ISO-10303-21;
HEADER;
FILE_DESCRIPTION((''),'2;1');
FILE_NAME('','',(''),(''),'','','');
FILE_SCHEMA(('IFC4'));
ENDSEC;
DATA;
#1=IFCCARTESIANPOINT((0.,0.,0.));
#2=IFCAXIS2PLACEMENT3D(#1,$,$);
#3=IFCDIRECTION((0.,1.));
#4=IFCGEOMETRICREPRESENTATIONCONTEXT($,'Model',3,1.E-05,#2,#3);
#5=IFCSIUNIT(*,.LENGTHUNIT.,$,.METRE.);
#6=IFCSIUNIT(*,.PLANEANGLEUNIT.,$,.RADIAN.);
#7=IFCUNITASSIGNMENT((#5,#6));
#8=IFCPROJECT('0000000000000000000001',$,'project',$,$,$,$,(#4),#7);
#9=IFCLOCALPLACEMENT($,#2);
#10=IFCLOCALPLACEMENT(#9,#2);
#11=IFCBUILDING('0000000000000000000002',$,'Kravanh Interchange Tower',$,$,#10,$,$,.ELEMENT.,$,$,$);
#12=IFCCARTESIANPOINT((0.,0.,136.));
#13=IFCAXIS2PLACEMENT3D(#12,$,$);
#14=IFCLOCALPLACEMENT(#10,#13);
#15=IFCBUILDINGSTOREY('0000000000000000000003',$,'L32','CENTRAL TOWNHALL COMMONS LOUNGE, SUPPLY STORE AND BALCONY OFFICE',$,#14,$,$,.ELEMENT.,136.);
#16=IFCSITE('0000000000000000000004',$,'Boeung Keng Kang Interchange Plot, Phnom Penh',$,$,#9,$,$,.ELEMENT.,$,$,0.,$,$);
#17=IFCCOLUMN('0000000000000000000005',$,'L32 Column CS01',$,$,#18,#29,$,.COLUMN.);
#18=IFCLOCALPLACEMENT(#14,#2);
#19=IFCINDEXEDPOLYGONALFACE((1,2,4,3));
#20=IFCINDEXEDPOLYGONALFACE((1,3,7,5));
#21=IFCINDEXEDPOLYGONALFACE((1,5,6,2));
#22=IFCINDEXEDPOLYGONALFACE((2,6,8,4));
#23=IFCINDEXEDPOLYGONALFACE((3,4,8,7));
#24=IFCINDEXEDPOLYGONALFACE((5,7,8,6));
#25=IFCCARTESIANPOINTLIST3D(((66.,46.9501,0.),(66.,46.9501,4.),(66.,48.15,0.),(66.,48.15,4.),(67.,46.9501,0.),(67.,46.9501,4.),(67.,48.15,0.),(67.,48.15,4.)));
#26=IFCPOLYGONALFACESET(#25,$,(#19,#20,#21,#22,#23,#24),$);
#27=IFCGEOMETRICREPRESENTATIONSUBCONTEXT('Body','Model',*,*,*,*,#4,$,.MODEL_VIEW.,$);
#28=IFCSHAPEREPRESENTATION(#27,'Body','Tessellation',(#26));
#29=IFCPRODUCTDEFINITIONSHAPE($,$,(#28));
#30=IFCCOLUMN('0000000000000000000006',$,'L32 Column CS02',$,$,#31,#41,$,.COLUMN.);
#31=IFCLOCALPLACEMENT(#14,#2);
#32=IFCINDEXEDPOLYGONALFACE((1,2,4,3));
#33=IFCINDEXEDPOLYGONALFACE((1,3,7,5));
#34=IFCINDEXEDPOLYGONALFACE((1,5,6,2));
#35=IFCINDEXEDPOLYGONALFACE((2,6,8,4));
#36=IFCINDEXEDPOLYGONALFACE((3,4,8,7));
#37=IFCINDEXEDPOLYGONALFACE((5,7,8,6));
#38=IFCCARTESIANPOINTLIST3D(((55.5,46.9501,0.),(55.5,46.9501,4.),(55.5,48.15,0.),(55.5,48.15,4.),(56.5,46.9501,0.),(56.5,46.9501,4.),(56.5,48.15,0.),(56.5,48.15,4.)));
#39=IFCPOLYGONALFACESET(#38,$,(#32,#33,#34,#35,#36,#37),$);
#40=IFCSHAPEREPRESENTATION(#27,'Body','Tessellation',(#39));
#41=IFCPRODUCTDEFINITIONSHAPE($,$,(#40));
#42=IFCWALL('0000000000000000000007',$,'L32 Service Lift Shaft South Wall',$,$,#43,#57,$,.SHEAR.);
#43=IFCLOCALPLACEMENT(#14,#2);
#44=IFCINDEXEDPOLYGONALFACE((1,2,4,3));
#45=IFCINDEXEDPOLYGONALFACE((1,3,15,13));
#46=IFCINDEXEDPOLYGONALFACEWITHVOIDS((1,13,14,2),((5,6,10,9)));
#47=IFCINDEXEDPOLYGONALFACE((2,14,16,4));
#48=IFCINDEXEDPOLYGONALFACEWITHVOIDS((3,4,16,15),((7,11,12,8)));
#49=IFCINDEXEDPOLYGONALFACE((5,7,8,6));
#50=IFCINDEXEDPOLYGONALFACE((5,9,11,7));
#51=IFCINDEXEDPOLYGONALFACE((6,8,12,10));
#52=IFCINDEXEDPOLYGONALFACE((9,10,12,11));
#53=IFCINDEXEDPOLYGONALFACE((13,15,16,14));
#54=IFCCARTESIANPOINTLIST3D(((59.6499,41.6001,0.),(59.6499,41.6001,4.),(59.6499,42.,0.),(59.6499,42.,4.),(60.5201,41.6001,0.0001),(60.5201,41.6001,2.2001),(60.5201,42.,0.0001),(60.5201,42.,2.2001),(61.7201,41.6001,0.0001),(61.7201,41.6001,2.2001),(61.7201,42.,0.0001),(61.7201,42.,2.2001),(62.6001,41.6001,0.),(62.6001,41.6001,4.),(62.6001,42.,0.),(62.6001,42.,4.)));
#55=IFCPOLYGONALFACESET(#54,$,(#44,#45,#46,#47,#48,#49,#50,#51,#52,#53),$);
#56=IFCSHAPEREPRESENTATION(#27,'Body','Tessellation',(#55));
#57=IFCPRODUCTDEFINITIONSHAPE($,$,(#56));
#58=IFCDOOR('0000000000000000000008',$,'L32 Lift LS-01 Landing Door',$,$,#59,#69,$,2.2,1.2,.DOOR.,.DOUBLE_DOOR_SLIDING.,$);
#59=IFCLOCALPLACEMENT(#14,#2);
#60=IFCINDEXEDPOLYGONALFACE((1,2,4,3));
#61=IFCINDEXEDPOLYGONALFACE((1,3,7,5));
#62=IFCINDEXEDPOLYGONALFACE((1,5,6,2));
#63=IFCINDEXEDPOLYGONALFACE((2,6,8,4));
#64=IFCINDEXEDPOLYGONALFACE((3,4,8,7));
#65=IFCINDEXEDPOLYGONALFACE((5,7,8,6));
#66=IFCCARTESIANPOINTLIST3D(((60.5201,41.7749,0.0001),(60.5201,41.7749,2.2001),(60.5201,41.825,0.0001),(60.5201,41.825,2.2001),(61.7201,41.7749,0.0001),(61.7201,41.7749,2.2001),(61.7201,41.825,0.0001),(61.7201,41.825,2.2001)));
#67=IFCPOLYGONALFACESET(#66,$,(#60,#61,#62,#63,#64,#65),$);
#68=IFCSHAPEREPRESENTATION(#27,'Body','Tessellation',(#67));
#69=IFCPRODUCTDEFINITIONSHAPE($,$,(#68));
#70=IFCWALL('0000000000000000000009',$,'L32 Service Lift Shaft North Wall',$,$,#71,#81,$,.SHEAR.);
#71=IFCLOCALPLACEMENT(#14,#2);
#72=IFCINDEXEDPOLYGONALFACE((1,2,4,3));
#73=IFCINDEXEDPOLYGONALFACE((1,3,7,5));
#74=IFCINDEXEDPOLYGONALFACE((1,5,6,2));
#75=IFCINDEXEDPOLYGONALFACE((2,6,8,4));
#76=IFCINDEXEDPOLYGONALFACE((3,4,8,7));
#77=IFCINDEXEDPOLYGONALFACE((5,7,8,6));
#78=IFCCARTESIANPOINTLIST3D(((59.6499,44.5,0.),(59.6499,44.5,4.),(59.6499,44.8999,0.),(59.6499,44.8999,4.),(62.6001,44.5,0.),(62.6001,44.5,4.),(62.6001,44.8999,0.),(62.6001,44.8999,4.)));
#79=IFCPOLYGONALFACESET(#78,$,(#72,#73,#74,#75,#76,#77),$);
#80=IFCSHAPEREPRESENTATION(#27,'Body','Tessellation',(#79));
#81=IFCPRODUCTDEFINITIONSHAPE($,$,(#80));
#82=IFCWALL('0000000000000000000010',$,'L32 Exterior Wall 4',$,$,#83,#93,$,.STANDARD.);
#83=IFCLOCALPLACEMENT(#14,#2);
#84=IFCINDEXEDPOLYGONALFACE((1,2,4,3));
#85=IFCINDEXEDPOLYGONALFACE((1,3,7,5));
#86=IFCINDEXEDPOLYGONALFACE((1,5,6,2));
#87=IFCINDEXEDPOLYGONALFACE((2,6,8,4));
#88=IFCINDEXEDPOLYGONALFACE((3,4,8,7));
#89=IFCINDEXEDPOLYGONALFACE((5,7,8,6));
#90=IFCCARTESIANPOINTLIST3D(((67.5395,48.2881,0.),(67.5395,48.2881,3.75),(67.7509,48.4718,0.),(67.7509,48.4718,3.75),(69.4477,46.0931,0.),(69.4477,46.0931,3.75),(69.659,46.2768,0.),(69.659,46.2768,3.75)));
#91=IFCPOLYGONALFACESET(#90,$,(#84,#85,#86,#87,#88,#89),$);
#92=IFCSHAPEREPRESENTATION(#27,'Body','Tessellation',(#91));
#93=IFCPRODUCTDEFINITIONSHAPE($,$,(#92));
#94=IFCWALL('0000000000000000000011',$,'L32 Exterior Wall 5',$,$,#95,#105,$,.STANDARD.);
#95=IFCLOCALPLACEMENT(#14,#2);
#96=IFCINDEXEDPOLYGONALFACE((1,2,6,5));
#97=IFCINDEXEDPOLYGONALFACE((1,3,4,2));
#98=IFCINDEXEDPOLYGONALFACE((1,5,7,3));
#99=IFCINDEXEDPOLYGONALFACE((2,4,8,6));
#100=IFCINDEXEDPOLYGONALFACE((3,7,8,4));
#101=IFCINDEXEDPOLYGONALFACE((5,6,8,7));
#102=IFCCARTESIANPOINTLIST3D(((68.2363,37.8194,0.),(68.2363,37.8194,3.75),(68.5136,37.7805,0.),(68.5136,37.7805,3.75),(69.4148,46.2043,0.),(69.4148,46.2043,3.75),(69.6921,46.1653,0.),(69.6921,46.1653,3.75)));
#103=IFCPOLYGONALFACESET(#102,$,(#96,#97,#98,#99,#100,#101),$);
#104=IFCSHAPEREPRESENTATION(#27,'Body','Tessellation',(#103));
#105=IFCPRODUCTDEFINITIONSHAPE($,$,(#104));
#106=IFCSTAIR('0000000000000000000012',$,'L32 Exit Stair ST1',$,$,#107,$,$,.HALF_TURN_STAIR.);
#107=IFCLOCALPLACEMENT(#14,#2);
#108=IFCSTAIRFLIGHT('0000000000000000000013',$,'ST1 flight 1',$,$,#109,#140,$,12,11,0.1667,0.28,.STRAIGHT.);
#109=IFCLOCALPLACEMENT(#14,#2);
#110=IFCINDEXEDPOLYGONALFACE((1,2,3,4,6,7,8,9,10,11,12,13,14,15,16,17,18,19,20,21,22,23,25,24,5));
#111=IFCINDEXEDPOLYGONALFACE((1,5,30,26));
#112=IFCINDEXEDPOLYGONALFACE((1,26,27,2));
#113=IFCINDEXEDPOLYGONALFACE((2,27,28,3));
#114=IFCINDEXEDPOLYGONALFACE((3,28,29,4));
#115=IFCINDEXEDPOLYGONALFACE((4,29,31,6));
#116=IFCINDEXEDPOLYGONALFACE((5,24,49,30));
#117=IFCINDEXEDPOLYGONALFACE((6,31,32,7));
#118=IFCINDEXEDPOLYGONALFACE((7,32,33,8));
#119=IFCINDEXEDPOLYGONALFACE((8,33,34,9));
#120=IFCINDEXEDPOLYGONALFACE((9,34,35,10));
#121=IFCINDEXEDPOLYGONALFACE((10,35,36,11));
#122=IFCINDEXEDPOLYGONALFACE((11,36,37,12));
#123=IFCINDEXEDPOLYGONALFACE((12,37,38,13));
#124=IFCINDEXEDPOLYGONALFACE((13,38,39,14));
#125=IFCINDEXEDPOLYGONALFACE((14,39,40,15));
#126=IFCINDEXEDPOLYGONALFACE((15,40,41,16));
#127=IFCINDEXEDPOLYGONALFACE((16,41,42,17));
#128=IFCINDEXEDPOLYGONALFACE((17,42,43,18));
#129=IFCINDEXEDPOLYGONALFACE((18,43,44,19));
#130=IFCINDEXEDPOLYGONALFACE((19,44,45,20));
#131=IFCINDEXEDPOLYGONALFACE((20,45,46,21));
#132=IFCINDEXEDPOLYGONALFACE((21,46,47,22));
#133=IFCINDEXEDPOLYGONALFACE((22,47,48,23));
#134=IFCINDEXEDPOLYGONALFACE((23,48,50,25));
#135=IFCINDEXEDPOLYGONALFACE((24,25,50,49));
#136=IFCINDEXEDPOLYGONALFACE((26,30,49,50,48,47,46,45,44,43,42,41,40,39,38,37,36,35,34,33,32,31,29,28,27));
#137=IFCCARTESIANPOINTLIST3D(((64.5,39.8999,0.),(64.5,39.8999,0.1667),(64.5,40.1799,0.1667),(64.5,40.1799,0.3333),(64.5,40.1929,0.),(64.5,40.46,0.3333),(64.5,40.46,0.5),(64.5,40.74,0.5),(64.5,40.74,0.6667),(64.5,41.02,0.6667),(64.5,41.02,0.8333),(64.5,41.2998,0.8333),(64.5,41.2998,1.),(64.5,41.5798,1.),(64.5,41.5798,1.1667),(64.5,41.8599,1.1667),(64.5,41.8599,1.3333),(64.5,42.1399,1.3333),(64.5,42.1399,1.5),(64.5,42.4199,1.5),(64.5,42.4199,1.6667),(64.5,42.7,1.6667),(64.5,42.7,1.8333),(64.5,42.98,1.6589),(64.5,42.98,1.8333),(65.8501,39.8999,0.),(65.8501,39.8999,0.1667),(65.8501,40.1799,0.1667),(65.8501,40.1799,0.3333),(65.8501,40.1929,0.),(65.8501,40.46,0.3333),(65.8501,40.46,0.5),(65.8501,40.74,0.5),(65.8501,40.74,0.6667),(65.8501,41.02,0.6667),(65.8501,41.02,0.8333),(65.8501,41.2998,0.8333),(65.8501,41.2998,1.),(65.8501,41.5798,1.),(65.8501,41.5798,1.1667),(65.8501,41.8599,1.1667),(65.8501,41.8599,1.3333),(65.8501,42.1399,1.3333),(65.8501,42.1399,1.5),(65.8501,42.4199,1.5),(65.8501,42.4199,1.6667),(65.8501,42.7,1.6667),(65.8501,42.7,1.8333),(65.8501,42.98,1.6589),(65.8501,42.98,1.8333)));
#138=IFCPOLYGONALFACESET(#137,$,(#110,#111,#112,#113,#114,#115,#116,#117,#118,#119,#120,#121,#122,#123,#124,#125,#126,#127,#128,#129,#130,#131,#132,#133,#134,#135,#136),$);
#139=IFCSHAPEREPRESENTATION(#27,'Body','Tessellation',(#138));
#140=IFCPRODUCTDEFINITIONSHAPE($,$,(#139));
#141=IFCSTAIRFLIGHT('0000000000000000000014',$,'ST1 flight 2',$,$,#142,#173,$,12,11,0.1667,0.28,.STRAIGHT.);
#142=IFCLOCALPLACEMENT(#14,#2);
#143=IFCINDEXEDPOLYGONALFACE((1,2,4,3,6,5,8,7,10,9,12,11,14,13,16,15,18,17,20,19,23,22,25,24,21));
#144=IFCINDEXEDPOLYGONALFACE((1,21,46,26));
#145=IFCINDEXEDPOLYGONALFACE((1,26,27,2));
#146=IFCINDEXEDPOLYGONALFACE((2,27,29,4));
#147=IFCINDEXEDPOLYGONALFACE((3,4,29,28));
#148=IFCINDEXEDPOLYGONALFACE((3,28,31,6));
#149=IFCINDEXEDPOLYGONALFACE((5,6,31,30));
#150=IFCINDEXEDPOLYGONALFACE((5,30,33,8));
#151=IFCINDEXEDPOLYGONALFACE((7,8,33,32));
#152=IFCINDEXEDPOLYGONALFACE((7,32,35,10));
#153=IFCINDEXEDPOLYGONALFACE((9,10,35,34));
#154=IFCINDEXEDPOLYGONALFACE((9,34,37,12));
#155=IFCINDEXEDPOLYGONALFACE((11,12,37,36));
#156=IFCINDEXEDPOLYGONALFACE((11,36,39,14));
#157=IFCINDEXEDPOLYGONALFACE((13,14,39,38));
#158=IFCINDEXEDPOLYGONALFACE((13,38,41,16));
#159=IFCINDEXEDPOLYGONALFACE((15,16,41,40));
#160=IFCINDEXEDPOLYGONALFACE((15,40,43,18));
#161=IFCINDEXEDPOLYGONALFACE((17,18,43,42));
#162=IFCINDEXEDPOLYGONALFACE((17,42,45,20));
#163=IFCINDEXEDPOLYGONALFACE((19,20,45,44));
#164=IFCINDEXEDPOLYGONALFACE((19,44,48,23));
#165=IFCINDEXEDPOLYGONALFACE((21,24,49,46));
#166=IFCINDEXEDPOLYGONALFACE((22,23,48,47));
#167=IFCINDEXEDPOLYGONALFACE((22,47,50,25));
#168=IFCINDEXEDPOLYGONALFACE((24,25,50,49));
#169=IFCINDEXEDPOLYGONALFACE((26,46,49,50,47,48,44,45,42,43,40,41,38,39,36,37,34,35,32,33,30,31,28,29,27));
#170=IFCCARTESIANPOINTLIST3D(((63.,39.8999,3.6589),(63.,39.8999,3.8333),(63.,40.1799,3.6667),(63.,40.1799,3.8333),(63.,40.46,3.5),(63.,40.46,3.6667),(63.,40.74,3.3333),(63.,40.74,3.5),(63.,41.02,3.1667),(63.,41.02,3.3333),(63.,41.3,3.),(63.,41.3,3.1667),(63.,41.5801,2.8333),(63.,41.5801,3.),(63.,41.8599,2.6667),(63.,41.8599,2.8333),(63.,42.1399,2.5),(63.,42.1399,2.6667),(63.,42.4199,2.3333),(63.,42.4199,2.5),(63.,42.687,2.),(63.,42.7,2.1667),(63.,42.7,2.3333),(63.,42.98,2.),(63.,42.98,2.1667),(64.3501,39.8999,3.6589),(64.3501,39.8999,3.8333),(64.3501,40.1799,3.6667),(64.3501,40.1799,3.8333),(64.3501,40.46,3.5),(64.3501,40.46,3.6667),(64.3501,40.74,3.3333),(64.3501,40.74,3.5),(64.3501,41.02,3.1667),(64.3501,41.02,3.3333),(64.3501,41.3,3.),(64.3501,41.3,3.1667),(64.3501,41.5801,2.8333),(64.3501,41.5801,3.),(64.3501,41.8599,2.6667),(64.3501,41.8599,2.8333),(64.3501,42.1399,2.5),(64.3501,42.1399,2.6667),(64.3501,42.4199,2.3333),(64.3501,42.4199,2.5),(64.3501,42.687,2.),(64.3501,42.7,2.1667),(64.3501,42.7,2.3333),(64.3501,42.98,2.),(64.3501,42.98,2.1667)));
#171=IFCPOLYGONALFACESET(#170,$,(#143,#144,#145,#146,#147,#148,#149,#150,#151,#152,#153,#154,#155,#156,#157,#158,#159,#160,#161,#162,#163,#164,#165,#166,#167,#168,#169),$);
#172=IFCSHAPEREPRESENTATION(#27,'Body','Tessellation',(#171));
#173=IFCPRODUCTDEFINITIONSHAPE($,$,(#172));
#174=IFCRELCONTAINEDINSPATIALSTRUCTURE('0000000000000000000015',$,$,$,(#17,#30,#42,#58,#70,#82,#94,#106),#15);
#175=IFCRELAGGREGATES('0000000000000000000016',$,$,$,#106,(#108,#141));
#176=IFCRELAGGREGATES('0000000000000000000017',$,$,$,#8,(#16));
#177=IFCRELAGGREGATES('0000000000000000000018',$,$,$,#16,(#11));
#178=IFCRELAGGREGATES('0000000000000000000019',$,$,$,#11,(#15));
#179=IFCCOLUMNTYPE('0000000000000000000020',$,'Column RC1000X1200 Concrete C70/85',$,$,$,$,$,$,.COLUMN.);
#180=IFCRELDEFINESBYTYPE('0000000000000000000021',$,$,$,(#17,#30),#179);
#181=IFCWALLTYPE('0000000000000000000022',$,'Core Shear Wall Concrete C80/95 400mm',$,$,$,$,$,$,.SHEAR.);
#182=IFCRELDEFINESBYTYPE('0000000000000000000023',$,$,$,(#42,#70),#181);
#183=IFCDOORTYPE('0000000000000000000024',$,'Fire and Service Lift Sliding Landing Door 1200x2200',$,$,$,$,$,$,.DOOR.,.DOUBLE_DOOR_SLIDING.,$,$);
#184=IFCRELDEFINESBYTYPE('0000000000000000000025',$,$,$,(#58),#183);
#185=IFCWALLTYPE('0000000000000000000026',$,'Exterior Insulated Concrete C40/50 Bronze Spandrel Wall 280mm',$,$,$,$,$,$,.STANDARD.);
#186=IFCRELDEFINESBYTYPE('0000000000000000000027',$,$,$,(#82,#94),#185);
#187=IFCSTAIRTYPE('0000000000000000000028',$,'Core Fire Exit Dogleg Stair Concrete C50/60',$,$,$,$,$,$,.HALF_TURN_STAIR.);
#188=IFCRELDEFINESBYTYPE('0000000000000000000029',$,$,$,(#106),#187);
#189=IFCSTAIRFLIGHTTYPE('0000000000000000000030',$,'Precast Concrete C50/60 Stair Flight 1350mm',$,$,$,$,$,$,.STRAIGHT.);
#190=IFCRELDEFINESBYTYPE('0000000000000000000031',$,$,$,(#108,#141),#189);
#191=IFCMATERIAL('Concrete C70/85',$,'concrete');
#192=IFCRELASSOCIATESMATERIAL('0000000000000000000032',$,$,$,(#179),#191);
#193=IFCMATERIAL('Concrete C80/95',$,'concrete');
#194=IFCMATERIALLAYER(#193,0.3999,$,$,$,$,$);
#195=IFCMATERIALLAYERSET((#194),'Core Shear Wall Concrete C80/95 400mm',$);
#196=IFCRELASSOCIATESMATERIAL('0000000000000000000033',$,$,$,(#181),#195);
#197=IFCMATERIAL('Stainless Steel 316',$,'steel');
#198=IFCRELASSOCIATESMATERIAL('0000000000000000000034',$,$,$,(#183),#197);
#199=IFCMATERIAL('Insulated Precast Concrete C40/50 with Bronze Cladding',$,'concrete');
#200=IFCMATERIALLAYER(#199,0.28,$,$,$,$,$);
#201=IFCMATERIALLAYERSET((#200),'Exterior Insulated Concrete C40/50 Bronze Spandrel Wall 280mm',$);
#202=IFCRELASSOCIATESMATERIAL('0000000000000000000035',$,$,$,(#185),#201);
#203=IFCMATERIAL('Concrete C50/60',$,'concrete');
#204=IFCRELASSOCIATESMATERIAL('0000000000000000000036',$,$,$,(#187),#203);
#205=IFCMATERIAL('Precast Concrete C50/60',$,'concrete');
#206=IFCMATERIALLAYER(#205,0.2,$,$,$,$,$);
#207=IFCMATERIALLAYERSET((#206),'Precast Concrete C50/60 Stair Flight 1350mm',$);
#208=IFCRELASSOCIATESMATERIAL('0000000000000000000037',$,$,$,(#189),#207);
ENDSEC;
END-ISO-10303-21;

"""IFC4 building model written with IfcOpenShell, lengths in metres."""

from ifc_helpers import new_model, si_unit, direction, frame, frame_2d, origin, origin_2d, place, context, subcontext, project, spatial, polyline, rectangle, outline, extrude, material, layer, layer_set, material_profile, profile_set, type_object, element, fill, aggregate, save


model = new_model("IFC4")

# Units and contexts
model_context = context("Model", 3, precision=1e-05, world=origin(), true_north=direction((0.0, 1.0)))
body_context = subcontext(model_context, "Body", "Model", "MODEL_VIEW")
ifc_project = project(units=[si_unit("LENGTHUNIT", "METRE"), si_unit("PLANEANGLEUNIT", "RADIAN")], contexts=[model_context])

# Site, building, storey
site_placement = place(None, origin())
site = spatial("IfcSite", under=ifc_project, at=site_placement, Name="Boeung Keng Kang Interchange Plot, Phnom Penh", CompositionType="ELEMENT", RefElevation=0.0)
building_placement = place(site_placement, origin())
building = spatial("IfcBuilding", under=site, at=building_placement, Name="Kravanh Interchange Tower", CompositionType="ELEMENT")
storey_placement = place(building_placement, frame((0.0, 0.0, 136.0)))
storey = spatial("IfcBuildingStorey", under=building, at=storey_placement, Name="L32", Description="CENTRAL TOWNHALL COMMONS LOUNGE, SUPPLY STORE AND BALCONY OFFICE", CompositionType="ELEMENT", Elevation=136.0)

# Columns
ifc_material_1 = material(Name="Concrete C70/85", Category="concrete")
ifc_material_profile = material_profile(ifc_material_1, rectangle(XDim=1.0, YDim=1.2, at=origin_2d()), Name="RC1000X1200")
ifc_profile_set = profile_set([ifc_material_profile], Name="Concrete C70/85")
column_type = type_object("IfcColumnType", Name="Column RC1000X1200 Concrete C70/85", PredefinedType="COLUMN", material=ifc_profile_set)
for number, where, z_axis, x_axis, name in (
    (1, (66.5, 47.55, 0.0), (0.0, 0.0, 1.0), (1.0, 0.0, 0.0), "L32 Column CS01"),
    (2, (56.0, 47.55, 0.0), (0.0, 0.0, 1.0), (1.0, 0.0, 0.0), "L32 Column CS02"),
):
    element("IfcColumn", number, at=place(storey_placement, frame(where, z_axis=z_axis, x_axis=x_axis)), inside=storey, type_object=column_type, Name=name, PredefinedType="COLUMN", context=body_context, shape_type="SweptSolid", body=[
        extrude(rectangle(XDim=1.0, YDim=1.2, at=origin_2d()), origin(), (0.0, 0.0, 1.0), 4.0),
    ])

# Wall, opening, door
ifc_material_2 = material(Name="Concrete C80/95", Category="concrete")
ifc_layer_1 = layer(ifc_material_2, 0.3999)
ifc_layer_set_1 = layer_set([ifc_layer_1], Name="Core Shear Wall Concrete C80/95 400mm")
wall_type_1 = type_object("IfcWallType", Name="Core Shear Wall Concrete C80/95 400mm", PredefinedType="SHEAR", material=ifc_layer_set_1)
wall_1_placement = place(storey_placement, frame((59.6499, 41.8, 0.0), z_axis=(0.0, 0.0, 1.0), x_axis=(1.0, 0.0, 0.0)))
wall_1 = element("IfcWall", 3, at=wall_1_placement, inside=storey, type_object=wall_type_1, Name="L32 Service Lift Shaft South Wall", PredefinedType="SHEAR", context=body_context, shape_type="SweptSolid", body=[
    extrude(rectangle(XDim=2.9502, YDim=0.3999, at=frame_2d((1.4751, 0.0))), origin(), (0.0, 0.0, 1.0), 4.0),
])
opening_placement = place(wall_1_placement, frame((0.8701, 0.0, 0.0)))
opening = element("IfcOpeningElement", 4, at=opening_placement, cuts=wall_1, PredefinedType="OPENING", context=body_context, shape_type="SweptSolid", body=[
    extrude(rectangle(XDim=1.2, YDim=2.2, at=frame_2d((0.6001, 1.1001))), frame((0.0, 0.21, 0.0), z_axis=(0.0, -1.0, 0.0), x_axis=(1.0, 0.0, 0.0)), (0.0, 0.0, 1.0), 0.4199),
])
ifc_material_3 = material(Name="Stainless Steel 316", Category="steel")
door_type = type_object("IfcDoorType", Name="Fire and Service Lift Sliding Landing Door 1200x2200", OperationType="DOUBLE_DOOR_SLIDING", PredefinedType="DOOR", material=ifc_material_3)
door_placement = place(opening_placement, origin())
door = element("IfcDoor", 5, at=door_placement, inside=storey, type_object=door_type, Name="L32 Lift LS-01 Landing Door", OperationType="DOUBLE_DOOR_SLIDING", OverallHeight=2.2, OverallWidth=1.2, PredefinedType="DOOR", context=body_context, shape_type="SweptSolid", body=[
    extrude(rectangle(XDim=1.2, YDim=2.2, at=frame_2d((0.6001, 1.1001))), frame((0.0, 0.0249, 0.0), z_axis=(0.0, -1.0, 0.0), x_axis=(1.0, 0.0, 0.0)), (0.0, 0.0, 1.0), 0.05),
])
fill(opening, door)

# Walls
wall_2_placement = place(storey_placement, frame((59.6499, 44.7, 0.0), z_axis=(0.0, 0.0, 1.0), x_axis=(1.0, 0.0, 0.0)))
element("IfcWall", 6, at=wall_2_placement, inside=storey, type_object=wall_type_1, Name="L32 Service Lift Shaft North Wall", PredefinedType="SHEAR", context=body_context, shape_type="SweptSolid", body=[
    extrude(rectangle(XDim=2.9502, YDim=0.3999, at=frame_2d((1.4751, 0.0))), origin(), (0.0, 0.0, 1.0), 4.0),
])
ifc_material_4 = material(Name="Insulated Precast Concrete C40/50 with Bronze Cladding", Category="concrete")
ifc_layer_2 = layer(ifc_material_4, 0.28)
ifc_layer_set_2 = layer_set([ifc_layer_2], Name="Exterior Insulated Concrete C40/50 Bronze Spandrel Wall 280mm")
wall_type_2 = type_object("IfcWallType", Name="Exterior Insulated Concrete C40/50 Bronze Spandrel Wall 280mm", PredefinedType="STANDARD", material=ifc_layer_set_2)
wall_3_placement = place(storey_placement, frame((67.6453, 48.3799, 0.0), z_axis=(0.0, 0.0, 1.0), x_axis=(0.656071, -0.754699, 0.0)))
element("IfcWall", 7, at=wall_3_placement, inside=storey, type_object=wall_type_2, Name="L32 Exterior Wall 4", PredefinedType="STANDARD", context=body_context, shape_type="SweptSolid", body=[
    extrude(rectangle(XDim=2.9084, YDim=0.28, at=frame_2d((1.4541, 0.0))), origin(), (0.0, 0.0, 1.0), 3.75),
])
wall_4_placement = place(storey_placement, frame((69.5535, 46.1848, 0.0), z_axis=(0.0, 0.0, 1.0), x_axis=(-0.139181, -0.990267, 0.0)))
element("IfcWall", 8, at=wall_4_placement, inside=storey, type_object=wall_type_2, Name="L32 Exterior Wall 5", PredefinedType="STANDARD", context=body_context, shape_type="SweptSolid", body=[
    extrude(rectangle(XDim=8.4673, YDim=0.28, at=frame_2d((4.2336, 0.0))), origin(), (0.0, 0.0, 1.0), 3.75),
])

# Stair, stair flights
ifc_material_5 = material(Name="Concrete C50/60", Category="concrete")
stair_type = type_object("IfcStairType", Name="Core Fire Exit Dogleg Stair Concrete C50/60", PredefinedType="HALF_TURN_STAIR", material=ifc_material_5)
stair_1_placement = place(storey_placement, origin())
stair_1 = element("IfcStair", 9, at=stair_1_placement, inside=storey, type_object=stair_type, Name="L32 Exit Stair ST1", PredefinedType="HALF_TURN_STAIR")
ifc_material_6 = material(Name="Precast Concrete C50/60", Category="concrete")
ifc_layer_3 = layer(ifc_material_6, 0.2)
ifc_layer_set_3 = layer_set([ifc_layer_3], Name="Precast Concrete C50/60 Stair Flight 1350mm")
stair_flight_type = type_object("IfcStairFlightType", Name="Precast Concrete C50/60 Stair Flight 1350mm", PredefinedType="STRAIGHT", material=ifc_layer_set_3)
stair_flight_1_placement = place(storey_placement, frame((65.175, 39.8999, 0.0), z_axis=(0.0, 0.0, 1.0), x_axis=(0.0, 1.0, 0.0)))
stair_flight_1 = element("IfcStairFlight", 10, at=stair_flight_1_placement, type_object=stair_flight_type, Name="ST1 flight 1", NumberOfRisers=12, NumberOfTreads=11, PredefinedType="STRAIGHT", RiserHeight=0.1667, TreadLength=0.28, context=body_context, shape_type="SweptSolid", body=[
    extrude(outline(polyline([(0.0, 0.0), (0.0, 0.1667), (0.28, 0.1667), (0.28, 0.3333), (0.5601, 0.3333), (0.5601, 0.5), (0.8401, 0.5), (0.8401, 0.6667), (1.1201, 0.6667), (1.1201, 0.8333), (1.3999, 0.8333), (1.3999, 1.0), (1.6799, 1.0), (1.6799, 1.1667), (1.96, 1.1667), (1.96, 1.3333), (2.24, 1.3333), (2.24, 1.5), (2.52, 1.5), (2.52, 1.6667), (2.8, 1.6667), (2.8, 1.8333), (3.0801, 1.8333), (3.0801, 2.0), (3.0801, 1.6589), (0.293, 0.0), (0.0, 0.0)])), frame((0.0, 0.675, 0.0), z_axis=(0.0, -1.0, 0.0), x_axis=(1.0, 0.0, 0.0)), (0.0, 0.0, 1.0), 1.3501),
])
stair_flight_2_placement = place(storey_placement, frame((63.675, 42.98, 2.0), z_axis=(0.0, 0.0, 1.0), x_axis=(0.0, -1.0, 0.0)))
stair_flight_2 = element("IfcStairFlight", 11, at=stair_flight_2_placement, type_object=stair_flight_type, Name="ST1 flight 2", NumberOfRisers=12, NumberOfTreads=11, PredefinedType="STRAIGHT", RiserHeight=0.1667, TreadLength=0.28, context=body_context, shape_type="SweptSolid", body=[
    extrude(outline(polyline([(0.0, 0.0), (0.0, 0.1667), (0.28, 0.1667), (0.28, 0.3333), (0.5601, 0.3333), (0.5601, 0.5), (0.8401, 0.5), (0.8401, 0.6667), (1.1201, 0.6667), (1.1201, 0.8333), (1.3999, 0.8333), (1.3999, 1.0), (1.6799, 1.0), (1.6799, 1.1667), (1.96, 1.1667), (1.96, 1.3333), (2.24, 1.3333), (2.24, 1.5), (2.52, 1.5), (2.52, 1.6667), (2.8, 1.6667), (2.8, 1.8333), (3.0801, 1.8333), (3.0801, 2.0), (3.0801, 1.6589), (0.293, 0.0), (0.0, 0.0)])), frame((0.0, 0.675, 0.0), z_axis=(0.0, -1.0, 0.0), x_axis=(1.0, 0.0, 0.0)), (0.0, 0.0, 1.0), 1.3501),
])
aggregate(stair_1, [stair_flight_1, stair_flight_2])

save(model, "model.ifc")
